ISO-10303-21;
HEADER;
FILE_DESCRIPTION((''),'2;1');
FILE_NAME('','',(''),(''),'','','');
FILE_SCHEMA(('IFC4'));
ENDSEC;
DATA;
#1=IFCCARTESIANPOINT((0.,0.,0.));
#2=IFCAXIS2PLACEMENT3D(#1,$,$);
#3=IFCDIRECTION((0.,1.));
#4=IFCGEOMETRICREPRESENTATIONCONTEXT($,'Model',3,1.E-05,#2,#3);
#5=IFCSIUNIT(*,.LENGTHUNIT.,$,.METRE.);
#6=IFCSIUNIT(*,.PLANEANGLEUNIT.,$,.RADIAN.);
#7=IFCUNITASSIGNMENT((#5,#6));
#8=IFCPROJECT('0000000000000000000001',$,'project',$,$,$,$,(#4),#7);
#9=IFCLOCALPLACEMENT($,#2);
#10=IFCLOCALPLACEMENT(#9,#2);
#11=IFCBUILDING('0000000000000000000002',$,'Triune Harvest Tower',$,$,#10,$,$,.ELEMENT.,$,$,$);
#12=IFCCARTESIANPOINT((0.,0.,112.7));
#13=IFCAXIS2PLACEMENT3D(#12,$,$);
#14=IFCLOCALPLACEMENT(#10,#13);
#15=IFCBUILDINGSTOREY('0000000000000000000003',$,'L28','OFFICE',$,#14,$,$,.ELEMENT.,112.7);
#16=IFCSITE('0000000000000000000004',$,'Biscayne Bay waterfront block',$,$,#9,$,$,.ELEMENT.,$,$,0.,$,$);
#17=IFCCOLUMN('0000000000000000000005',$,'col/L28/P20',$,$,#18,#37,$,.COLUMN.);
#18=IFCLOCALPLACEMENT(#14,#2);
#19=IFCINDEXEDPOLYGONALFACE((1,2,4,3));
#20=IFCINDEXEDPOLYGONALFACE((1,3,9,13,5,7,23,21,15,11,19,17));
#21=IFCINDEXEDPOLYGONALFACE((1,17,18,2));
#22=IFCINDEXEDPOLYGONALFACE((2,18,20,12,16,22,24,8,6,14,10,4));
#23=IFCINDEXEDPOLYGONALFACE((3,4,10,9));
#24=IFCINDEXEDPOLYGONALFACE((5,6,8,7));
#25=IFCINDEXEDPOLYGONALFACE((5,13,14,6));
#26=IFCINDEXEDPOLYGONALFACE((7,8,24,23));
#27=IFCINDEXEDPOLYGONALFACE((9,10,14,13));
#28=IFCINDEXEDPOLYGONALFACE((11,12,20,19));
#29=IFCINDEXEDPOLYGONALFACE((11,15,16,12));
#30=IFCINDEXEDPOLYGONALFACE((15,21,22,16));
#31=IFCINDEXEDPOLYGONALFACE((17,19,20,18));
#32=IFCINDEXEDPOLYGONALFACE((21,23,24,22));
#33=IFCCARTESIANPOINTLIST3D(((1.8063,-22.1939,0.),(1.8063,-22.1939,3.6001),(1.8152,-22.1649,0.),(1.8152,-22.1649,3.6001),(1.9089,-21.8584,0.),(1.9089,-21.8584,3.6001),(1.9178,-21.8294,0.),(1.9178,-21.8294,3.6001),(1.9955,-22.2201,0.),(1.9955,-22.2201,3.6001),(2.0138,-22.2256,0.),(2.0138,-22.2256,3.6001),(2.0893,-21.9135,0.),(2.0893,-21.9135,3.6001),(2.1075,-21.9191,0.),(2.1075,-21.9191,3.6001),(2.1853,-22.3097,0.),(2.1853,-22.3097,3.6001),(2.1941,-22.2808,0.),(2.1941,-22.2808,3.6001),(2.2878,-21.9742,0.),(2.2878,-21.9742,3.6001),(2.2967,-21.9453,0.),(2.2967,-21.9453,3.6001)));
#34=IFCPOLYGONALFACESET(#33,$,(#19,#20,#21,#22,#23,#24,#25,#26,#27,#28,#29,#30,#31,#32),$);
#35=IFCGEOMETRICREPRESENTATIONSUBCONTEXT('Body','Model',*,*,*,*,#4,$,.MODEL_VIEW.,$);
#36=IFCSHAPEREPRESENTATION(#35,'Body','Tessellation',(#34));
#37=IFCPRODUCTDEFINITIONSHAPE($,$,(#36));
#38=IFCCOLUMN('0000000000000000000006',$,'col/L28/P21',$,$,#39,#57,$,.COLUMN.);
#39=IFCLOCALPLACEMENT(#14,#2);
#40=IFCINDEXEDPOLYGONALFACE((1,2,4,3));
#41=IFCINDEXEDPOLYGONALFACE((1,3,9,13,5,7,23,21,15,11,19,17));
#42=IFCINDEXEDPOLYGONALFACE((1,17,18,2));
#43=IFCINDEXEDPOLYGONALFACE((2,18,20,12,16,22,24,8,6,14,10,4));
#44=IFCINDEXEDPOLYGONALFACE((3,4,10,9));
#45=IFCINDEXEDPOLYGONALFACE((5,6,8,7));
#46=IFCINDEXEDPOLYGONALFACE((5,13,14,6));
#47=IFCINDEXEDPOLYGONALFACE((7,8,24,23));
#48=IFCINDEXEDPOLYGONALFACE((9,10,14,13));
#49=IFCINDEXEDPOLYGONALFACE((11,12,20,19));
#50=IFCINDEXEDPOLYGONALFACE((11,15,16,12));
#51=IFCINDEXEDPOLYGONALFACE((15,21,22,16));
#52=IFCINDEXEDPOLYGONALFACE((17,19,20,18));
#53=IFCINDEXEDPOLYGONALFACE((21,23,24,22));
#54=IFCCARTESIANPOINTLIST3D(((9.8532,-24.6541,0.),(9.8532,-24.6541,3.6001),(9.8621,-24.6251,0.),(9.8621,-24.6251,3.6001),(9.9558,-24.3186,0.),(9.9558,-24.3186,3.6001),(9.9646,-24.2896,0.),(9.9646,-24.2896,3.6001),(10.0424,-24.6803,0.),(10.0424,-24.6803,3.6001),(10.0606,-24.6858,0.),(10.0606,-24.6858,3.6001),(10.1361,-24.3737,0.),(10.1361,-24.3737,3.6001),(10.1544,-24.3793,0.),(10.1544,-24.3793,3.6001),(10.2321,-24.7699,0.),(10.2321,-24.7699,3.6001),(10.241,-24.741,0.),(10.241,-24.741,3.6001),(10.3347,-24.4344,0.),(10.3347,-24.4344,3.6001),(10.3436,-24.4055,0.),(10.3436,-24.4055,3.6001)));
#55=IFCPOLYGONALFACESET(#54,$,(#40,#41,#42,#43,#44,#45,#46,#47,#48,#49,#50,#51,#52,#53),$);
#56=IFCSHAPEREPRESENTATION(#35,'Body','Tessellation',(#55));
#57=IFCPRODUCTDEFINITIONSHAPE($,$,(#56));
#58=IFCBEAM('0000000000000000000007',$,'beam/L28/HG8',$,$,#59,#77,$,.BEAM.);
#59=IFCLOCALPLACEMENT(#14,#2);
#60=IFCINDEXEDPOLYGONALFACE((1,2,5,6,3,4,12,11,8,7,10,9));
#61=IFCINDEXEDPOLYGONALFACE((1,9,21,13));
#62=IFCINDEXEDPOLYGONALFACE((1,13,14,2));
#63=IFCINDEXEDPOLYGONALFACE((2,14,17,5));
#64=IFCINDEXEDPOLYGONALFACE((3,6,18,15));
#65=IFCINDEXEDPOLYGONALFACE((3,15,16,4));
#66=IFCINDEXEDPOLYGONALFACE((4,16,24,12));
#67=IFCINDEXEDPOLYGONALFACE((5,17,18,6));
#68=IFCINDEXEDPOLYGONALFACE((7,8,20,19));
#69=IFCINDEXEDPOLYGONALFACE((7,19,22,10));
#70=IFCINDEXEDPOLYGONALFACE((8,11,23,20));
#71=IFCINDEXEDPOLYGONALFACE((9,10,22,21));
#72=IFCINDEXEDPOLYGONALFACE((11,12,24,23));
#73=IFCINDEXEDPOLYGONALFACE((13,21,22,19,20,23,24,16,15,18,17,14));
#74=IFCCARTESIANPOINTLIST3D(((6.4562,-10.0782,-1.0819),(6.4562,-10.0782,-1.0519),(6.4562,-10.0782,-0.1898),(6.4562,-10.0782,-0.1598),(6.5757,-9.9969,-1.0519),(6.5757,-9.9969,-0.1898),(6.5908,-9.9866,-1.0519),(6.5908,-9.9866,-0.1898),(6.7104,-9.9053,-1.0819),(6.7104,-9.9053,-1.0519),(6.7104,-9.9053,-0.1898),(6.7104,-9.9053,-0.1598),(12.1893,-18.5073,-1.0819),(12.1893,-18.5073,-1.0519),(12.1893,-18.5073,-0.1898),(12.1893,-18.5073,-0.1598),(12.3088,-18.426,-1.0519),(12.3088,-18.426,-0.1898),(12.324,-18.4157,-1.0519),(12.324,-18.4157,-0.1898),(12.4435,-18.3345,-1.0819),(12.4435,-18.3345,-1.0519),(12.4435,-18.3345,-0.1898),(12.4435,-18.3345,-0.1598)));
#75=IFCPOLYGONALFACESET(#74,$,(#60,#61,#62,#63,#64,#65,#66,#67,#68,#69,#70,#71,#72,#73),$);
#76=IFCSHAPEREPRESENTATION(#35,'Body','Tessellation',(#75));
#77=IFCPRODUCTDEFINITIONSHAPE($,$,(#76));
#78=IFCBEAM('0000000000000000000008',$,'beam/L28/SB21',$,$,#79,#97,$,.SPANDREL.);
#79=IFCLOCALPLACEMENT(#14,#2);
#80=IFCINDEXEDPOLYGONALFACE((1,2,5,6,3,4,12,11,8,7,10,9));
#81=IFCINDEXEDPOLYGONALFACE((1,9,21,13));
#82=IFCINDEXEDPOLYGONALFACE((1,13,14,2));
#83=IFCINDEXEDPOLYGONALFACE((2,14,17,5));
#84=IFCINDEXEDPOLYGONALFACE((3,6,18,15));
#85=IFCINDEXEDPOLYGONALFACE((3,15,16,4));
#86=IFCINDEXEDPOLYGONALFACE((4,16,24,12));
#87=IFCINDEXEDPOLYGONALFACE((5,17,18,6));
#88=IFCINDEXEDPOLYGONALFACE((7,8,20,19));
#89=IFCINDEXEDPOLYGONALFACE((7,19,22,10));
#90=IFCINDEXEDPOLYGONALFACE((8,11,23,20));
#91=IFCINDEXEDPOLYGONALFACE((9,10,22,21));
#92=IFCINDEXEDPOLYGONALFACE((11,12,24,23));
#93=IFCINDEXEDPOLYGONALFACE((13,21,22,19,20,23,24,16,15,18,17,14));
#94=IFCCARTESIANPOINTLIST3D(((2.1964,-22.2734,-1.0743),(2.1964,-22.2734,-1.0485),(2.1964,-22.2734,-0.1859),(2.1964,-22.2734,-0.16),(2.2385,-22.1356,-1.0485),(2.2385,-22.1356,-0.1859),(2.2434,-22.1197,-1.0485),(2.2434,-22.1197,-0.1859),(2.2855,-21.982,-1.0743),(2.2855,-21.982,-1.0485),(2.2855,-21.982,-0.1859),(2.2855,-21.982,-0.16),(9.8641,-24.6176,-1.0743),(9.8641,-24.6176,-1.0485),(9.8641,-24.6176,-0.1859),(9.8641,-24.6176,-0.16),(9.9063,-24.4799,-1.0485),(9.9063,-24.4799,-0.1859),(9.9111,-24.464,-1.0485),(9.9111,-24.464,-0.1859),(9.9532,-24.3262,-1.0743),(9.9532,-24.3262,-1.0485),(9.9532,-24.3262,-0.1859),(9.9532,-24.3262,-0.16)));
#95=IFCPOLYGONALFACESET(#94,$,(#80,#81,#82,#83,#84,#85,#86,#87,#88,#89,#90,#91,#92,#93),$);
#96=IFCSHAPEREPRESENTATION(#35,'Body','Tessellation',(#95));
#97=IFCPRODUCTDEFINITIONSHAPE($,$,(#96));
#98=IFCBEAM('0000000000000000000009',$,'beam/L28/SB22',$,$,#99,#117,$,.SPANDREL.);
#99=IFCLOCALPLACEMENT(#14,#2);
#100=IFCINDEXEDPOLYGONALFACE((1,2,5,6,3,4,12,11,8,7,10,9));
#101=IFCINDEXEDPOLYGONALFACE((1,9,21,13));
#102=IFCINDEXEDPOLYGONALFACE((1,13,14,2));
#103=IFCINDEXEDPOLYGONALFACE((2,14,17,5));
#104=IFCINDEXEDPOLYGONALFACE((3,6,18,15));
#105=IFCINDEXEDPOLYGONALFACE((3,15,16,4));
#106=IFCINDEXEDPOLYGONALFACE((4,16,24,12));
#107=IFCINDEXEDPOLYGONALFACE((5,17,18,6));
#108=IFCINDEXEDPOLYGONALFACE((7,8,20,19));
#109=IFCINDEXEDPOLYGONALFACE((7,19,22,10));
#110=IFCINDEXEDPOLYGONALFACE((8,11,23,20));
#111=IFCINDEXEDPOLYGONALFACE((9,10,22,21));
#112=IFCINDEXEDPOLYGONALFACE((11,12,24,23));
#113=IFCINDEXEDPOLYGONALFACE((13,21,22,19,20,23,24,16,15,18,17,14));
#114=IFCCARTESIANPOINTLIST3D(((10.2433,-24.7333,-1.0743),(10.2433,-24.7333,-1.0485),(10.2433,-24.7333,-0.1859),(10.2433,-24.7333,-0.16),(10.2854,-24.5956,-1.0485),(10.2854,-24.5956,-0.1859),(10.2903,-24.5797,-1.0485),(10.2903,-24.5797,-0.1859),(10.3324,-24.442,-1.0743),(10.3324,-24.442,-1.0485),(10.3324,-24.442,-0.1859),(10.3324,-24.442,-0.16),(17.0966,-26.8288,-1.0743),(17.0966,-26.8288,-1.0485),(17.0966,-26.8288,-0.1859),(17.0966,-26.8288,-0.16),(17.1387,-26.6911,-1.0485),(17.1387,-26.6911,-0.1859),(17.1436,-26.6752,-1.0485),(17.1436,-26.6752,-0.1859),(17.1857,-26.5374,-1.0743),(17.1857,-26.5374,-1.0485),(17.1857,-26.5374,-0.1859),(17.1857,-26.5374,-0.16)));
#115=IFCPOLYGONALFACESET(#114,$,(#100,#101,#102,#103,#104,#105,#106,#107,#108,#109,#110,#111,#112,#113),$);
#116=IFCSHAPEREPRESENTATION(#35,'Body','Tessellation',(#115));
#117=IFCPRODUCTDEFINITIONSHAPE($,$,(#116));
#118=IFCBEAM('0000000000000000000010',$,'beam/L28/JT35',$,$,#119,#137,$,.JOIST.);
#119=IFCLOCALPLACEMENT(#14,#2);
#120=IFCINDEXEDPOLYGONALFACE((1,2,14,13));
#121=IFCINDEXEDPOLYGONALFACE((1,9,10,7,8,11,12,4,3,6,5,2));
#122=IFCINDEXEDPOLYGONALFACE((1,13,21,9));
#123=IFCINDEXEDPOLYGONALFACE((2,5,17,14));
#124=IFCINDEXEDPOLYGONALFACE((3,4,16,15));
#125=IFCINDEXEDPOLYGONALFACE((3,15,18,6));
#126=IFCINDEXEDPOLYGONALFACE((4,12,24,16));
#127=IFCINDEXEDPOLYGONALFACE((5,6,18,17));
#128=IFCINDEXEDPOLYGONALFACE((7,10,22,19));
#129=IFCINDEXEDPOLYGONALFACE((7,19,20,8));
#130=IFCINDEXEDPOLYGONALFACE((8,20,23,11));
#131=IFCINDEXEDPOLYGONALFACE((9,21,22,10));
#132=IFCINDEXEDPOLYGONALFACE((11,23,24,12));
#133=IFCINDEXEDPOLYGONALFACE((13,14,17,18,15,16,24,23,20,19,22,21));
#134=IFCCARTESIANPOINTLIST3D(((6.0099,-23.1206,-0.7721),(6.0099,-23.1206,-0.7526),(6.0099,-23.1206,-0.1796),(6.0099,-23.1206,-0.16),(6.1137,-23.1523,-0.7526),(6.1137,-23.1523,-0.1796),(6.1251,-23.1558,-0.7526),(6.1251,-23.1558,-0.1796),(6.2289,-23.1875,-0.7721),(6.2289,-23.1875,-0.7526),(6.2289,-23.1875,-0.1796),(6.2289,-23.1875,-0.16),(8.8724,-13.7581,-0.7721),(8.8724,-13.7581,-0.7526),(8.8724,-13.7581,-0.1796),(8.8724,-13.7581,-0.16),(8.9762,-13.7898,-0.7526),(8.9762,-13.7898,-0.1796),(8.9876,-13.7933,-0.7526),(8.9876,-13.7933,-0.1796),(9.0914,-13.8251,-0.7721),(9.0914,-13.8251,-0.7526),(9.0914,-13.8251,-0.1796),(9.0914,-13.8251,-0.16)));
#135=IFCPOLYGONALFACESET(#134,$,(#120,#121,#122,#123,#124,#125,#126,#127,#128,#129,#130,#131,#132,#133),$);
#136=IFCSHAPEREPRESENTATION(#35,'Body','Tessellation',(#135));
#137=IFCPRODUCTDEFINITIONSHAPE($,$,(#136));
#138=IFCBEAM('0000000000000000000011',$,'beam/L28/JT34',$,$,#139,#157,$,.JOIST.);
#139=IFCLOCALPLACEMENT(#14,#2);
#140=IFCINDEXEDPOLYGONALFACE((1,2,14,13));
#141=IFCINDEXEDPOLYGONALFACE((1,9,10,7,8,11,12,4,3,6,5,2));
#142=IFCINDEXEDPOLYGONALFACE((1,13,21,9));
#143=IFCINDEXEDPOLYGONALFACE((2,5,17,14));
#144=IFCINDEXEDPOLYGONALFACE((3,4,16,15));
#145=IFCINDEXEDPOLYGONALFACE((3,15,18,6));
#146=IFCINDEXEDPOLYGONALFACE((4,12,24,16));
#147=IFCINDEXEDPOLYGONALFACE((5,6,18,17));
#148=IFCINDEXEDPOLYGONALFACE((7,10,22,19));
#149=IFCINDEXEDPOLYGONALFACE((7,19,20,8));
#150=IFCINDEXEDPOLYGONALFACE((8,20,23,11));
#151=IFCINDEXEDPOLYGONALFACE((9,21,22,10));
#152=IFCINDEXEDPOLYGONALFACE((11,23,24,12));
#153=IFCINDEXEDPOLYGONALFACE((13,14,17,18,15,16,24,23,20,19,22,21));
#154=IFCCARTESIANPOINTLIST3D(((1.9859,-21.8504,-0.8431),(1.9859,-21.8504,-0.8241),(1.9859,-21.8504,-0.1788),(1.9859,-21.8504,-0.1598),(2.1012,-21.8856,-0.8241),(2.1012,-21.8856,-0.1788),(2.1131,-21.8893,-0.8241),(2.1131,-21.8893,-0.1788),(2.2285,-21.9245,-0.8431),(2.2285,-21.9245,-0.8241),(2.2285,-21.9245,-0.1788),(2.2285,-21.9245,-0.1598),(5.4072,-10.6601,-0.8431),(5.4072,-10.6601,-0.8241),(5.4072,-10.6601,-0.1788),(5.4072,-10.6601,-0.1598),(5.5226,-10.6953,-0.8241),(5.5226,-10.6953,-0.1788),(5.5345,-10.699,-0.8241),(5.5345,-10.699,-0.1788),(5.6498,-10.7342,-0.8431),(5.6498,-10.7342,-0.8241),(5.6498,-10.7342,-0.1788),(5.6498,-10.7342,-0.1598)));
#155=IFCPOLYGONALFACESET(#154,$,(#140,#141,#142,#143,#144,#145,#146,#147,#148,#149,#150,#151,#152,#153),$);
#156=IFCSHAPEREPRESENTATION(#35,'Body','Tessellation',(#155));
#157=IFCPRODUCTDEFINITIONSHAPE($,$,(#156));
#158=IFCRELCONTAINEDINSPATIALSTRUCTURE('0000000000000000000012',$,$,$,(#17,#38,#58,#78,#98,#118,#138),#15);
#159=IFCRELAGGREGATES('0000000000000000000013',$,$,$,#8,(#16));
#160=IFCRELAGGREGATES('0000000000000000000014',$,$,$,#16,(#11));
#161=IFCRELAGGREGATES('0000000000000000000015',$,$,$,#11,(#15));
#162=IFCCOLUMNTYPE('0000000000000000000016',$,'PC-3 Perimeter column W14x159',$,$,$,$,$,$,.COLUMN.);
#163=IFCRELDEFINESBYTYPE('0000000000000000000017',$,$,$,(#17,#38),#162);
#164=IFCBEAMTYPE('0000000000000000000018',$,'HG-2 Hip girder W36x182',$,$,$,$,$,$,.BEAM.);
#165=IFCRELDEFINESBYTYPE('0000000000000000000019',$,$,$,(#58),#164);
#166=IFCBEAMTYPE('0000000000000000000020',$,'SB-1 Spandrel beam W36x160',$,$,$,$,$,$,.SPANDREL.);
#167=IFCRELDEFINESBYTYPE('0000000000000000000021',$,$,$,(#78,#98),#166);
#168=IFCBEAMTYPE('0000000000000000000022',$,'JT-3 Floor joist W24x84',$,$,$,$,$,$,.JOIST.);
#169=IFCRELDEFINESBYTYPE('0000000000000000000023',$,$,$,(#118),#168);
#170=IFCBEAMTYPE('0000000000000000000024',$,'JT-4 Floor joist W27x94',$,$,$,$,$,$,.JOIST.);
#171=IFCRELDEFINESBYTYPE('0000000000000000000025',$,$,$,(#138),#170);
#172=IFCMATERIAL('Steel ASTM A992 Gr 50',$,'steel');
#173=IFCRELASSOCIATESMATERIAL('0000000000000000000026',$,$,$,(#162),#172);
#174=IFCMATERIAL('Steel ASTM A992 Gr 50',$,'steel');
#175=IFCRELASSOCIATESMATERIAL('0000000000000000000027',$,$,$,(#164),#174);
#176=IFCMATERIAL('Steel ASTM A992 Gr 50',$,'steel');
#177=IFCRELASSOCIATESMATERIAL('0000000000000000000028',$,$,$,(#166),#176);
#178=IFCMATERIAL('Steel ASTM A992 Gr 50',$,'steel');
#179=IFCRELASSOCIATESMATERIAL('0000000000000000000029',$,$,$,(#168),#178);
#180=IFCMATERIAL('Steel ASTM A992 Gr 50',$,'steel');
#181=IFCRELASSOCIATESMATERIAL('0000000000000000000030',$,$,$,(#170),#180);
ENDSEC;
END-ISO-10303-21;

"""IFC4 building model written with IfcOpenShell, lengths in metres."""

from ifc_helpers import new_model, si_unit, direction, frame, origin, origin_2d, place, context, subcontext, project, spatial, i_section, extrude, source, transform, mapped, material, material_profile, profile_set, type_object, element, save


model = new_model("IFC4")

# Units and contexts
model_context = context("Model", 3, precision=1e-05, world=origin(), true_north=direction((0.0, 1.0)))
body_context = subcontext(model_context, "Body", "Model", "MODEL_VIEW")
ifc_project = project(units=[si_unit("LENGTHUNIT", "METRE"), si_unit("PLANEANGLEUNIT", "RADIAN")], contexts=[model_context])

# Site, building, storey
site_placement = place(None, origin())
site = spatial("IfcSite", under=ifc_project, at=site_placement, Name="Biscayne Bay waterfront block", CompositionType="ELEMENT", RefElevation=0.0)
building_placement = place(site_placement, origin())
building = spatial("IfcBuilding", under=site, at=building_placement, Name="Triune Harvest Tower", CompositionType="ELEMENT")
storey_placement = place(building_placement, frame((0.0, 0.0, 112.7)))
storey = spatial("IfcBuildingStorey", under=building, at=storey_placement, Name="L28", Description="OFFICE", CompositionType="ELEMENT", Elevation=112.7)

# Columns
ifc_material_1 = material(Name="Steel ASTM A992 Gr 50", Category="steel")
ifc_material_profile_1 = material_profile(ifc_material_1, i_section(OverallWidth=0.3962, OverallDepth=0.3811, WebThickness=0.019, FlangeThickness=0.0303, at=origin_2d()), Name="W14x159")
ifc_profile_set_1 = profile_set([ifc_material_profile_1], Name="Steel ASTM A992 Gr 50")
column_type = type_object("IfcColumnType", Name="PC-3 Perimeter column W14x159", PredefinedType="COLUMN", material=ifc_profile_set_1)
shared_shape_1 = source(origin(), body_context, "Body", "SweptSolid", [
    extrude(i_section(OverallWidth=0.3962, OverallDepth=0.3811, WebThickness=0.019, FlangeThickness=0.0303, at=origin_2d()), origin(), (0.0, 0.0, 1.0), 3.6001),
])
for number, where, z_axis, x_axis, name in (
    (1, (2.0515, -22.0696, 0.0), (0.0, 0.0, 1.0), (0.956305, -0.292372, 0.0), "col/L28/P20"),
    (2, (10.0984, -24.5298, 0.0), (0.0, 0.0, 1.0), (0.956305, -0.292372, 0.0), "col/L28/P21"),
):
    element("IfcColumn", number, at=place(storey_placement, frame(where, z_axis=z_axis, x_axis=x_axis)), inside=storey, type_object=column_type, Name=name, PredefinedType="COLUMN", context=body_context, shape_type="MappedRepresentation", body=[
        mapped(shared_shape_1, transform((0.0, 0.0, 0.0), scale=1.0)),
    ])

# Beams
ifc_material_2 = material(Name="Steel ASTM A992 Gr 50", Category="steel")
ifc_material_profile_2 = material_profile(ifc_material_2, i_section(OverallWidth=0.3074, OverallDepth=0.9221, WebThickness=0.0183, FlangeThickness=0.03, at=origin_2d()), Name="W36x182")
ifc_profile_set_2 = profile_set([ifc_material_profile_2], Name="Steel ASTM A992 Gr 50")
beam_type_1 = type_object("IfcBeamType", Name="HG-2 Hip girder W36x182", PredefinedType="BEAM", material=ifc_profile_set_2)
shared_shape_2 = source(origin(), body_context, "Body", "SweptSolid", [
    extrude(i_section(OverallWidth=0.3074, OverallDepth=0.9221, WebThickness=0.0183, FlangeThickness=0.03, at=origin_2d()), origin(), (0.0, 0.0, 1.0), 10.1941),
])
beam_1_placement = place(storey_placement, frame((12.3164, -18.4209, -0.6208), z_axis=(-0.562397, 0.826867, 0.0), x_axis=(-0.826867, -0.562397, 0.0)))
element("IfcBeam", 3, at=beam_1_placement, inside=storey, type_object=beam_type_1, Name="beam/L28/HG8", PredefinedType="BEAM", context=body_context, shape_type="MappedRepresentation", body=[
    mapped(shared_shape_2, transform((0.0, 0.0, 0.0), scale=1.0)),
])
ifc_material_3 = material(Name="Steel ASTM A992 Gr 50", Category="steel")
ifc_material_profile_3 = material_profile(ifc_material_3, i_section(OverallWidth=0.3047, OverallDepth=0.9143, WebThickness=0.0166, FlangeThickness=0.0259, at=origin_2d()), Name="W36x160")
ifc_profile_set_3 = profile_set([ifc_material_profile_3], Name="Steel ASTM A992 Gr 50")
beam_type_2 = type_object("IfcBeamType", Name="SB-1 Spandrel beam W36x160", PredefinedType="SPANDREL", material=ifc_profile_set_3)
shared_shape_3 = source(origin(), body_context, "Body", "SweptSolid", [
    extrude(i_section(OverallWidth=0.3047, OverallDepth=0.9143, WebThickness=0.0166, FlangeThickness=0.0259, at=origin_2d()), origin(), (0.0, 0.0, 1.0), 8.0181),
])
beam_2_placement = place(storey_placement, frame((2.241, -22.1277, -0.6172), z_axis=(0.956305, -0.292369, 0.0), x_axis=(0.292369, 0.956305, 0.0)))
element("IfcBeam", 4, at=beam_2_placement, inside=storey, type_object=beam_type_2, Name="beam/L28/SB21", PredefinedType="SPANDREL", context=body_context, shape_type="MappedRepresentation", body=[
    mapped(shared_shape_3, transform((0.0, 0.0, 0.0), scale=1.0)),
])
shared_shape_4 = source(origin(), body_context, "Body", "SweptSolid", [
    extrude(i_section(OverallWidth=0.3047, OverallDepth=0.9143, WebThickness=0.0166, FlangeThickness=0.0259, at=origin_2d()), origin(), (0.0, 0.0, 1.0), 7.1665),
])
beam_3_placement = place(storey_placement, frame((10.2878, -24.5876, -0.6172), z_axis=(0.956297, -0.292398, 0.0), x_axis=(0.292398, 0.956297, 0.0)))
element("IfcBeam", 5, at=beam_3_placement, inside=storey, type_object=beam_type_2, Name="beam/L28/SB22", PredefinedType="SPANDREL", context=body_context, shape_type="MappedRepresentation", body=[
    mapped(shared_shape_4, transform((0.0, 0.0, 0.0), scale=1.0)),
])
ifc_material_4 = material(Name="Steel ASTM A992 Gr 50", Category="steel")
ifc_material_profile_4 = material_profile(ifc_material_4, i_section(OverallWidth=0.229, OverallDepth=0.6121, WebThickness=0.012, FlangeThickness=0.0195, at=origin_2d()), Name="W24x84")
ifc_profile_set_4 = profile_set([ifc_material_profile_4], Name="Steel ASTM A992 Gr 50")
beam_type_3 = type_object("IfcBeamType", Name="JT-3 Floor joist W24x84", PredefinedType="JOIST", material=ifc_profile_set_4)
shared_shape_5 = source(origin(), body_context, "Body", "SweptSolid", [
    extrude(i_section(OverallWidth=0.229, OverallDepth=0.6121, WebThickness=0.012, FlangeThickness=0.0195, at=origin_2d()), origin(), (0.0, 0.0, 1.0), 9.7903),
])
beam_4_placement = place(storey_placement, frame((6.1194, -23.1541, -0.4661), z_axis=(0.292384, 0.956301, 0.0), x_axis=(-0.956301, 0.292384, 0.0)))
element("IfcBeam", 6, at=beam_4_placement, inside=storey, type_object=beam_type_3, Name="beam/L28/JT35", PredefinedType="JOIST", context=body_context, shape_type="MappedRepresentation", body=[
    mapped(shared_shape_5, transform((0.0, 0.0, 0.0), scale=1.0)),
])
ifc_material_5 = material(Name="Steel ASTM A992 Gr 50", Category="steel")
ifc_material_profile_5 = material_profile(ifc_material_5, i_section(OverallWidth=0.2537, OverallDepth=0.6833, WebThickness=0.0125, FlangeThickness=0.019, at=origin_2d()), Name="W27x94")
ifc_profile_set_5 = profile_set([ifc_material_profile_5], Name="Steel ASTM A992 Gr 50")
beam_type_4 = type_object("IfcBeamType", Name="JT-4 Floor joist W27x94", PredefinedType="JOIST", material=ifc_profile_set_5)
shared_shape_6 = source(origin(), body_context, "Body", "SweptSolid", [
    extrude(i_section(OverallWidth=0.2537, OverallDepth=0.6833, WebThickness=0.0125, FlangeThickness=0.019, at=origin_2d()), origin(), (0.0, 0.0, 1.0), 11.7017),
])
beam_5_placement = place(storey_placement, frame((2.1072, -21.8875, -0.5015), z_axis=(0.292382, 0.956302, 0.0), x_axis=(-0.956302, 0.292382, 0.0)))
element("IfcBeam", 7, at=beam_5_placement, inside=storey, type_object=beam_type_4, Name="beam/L28/JT34", PredefinedType="JOIST", context=body_context, shape_type="MappedRepresentation", body=[
    mapped(shared_shape_6, transform((0.0, 0.0, 0.0), scale=1.0)),
])

save(model, "model.ifc")
